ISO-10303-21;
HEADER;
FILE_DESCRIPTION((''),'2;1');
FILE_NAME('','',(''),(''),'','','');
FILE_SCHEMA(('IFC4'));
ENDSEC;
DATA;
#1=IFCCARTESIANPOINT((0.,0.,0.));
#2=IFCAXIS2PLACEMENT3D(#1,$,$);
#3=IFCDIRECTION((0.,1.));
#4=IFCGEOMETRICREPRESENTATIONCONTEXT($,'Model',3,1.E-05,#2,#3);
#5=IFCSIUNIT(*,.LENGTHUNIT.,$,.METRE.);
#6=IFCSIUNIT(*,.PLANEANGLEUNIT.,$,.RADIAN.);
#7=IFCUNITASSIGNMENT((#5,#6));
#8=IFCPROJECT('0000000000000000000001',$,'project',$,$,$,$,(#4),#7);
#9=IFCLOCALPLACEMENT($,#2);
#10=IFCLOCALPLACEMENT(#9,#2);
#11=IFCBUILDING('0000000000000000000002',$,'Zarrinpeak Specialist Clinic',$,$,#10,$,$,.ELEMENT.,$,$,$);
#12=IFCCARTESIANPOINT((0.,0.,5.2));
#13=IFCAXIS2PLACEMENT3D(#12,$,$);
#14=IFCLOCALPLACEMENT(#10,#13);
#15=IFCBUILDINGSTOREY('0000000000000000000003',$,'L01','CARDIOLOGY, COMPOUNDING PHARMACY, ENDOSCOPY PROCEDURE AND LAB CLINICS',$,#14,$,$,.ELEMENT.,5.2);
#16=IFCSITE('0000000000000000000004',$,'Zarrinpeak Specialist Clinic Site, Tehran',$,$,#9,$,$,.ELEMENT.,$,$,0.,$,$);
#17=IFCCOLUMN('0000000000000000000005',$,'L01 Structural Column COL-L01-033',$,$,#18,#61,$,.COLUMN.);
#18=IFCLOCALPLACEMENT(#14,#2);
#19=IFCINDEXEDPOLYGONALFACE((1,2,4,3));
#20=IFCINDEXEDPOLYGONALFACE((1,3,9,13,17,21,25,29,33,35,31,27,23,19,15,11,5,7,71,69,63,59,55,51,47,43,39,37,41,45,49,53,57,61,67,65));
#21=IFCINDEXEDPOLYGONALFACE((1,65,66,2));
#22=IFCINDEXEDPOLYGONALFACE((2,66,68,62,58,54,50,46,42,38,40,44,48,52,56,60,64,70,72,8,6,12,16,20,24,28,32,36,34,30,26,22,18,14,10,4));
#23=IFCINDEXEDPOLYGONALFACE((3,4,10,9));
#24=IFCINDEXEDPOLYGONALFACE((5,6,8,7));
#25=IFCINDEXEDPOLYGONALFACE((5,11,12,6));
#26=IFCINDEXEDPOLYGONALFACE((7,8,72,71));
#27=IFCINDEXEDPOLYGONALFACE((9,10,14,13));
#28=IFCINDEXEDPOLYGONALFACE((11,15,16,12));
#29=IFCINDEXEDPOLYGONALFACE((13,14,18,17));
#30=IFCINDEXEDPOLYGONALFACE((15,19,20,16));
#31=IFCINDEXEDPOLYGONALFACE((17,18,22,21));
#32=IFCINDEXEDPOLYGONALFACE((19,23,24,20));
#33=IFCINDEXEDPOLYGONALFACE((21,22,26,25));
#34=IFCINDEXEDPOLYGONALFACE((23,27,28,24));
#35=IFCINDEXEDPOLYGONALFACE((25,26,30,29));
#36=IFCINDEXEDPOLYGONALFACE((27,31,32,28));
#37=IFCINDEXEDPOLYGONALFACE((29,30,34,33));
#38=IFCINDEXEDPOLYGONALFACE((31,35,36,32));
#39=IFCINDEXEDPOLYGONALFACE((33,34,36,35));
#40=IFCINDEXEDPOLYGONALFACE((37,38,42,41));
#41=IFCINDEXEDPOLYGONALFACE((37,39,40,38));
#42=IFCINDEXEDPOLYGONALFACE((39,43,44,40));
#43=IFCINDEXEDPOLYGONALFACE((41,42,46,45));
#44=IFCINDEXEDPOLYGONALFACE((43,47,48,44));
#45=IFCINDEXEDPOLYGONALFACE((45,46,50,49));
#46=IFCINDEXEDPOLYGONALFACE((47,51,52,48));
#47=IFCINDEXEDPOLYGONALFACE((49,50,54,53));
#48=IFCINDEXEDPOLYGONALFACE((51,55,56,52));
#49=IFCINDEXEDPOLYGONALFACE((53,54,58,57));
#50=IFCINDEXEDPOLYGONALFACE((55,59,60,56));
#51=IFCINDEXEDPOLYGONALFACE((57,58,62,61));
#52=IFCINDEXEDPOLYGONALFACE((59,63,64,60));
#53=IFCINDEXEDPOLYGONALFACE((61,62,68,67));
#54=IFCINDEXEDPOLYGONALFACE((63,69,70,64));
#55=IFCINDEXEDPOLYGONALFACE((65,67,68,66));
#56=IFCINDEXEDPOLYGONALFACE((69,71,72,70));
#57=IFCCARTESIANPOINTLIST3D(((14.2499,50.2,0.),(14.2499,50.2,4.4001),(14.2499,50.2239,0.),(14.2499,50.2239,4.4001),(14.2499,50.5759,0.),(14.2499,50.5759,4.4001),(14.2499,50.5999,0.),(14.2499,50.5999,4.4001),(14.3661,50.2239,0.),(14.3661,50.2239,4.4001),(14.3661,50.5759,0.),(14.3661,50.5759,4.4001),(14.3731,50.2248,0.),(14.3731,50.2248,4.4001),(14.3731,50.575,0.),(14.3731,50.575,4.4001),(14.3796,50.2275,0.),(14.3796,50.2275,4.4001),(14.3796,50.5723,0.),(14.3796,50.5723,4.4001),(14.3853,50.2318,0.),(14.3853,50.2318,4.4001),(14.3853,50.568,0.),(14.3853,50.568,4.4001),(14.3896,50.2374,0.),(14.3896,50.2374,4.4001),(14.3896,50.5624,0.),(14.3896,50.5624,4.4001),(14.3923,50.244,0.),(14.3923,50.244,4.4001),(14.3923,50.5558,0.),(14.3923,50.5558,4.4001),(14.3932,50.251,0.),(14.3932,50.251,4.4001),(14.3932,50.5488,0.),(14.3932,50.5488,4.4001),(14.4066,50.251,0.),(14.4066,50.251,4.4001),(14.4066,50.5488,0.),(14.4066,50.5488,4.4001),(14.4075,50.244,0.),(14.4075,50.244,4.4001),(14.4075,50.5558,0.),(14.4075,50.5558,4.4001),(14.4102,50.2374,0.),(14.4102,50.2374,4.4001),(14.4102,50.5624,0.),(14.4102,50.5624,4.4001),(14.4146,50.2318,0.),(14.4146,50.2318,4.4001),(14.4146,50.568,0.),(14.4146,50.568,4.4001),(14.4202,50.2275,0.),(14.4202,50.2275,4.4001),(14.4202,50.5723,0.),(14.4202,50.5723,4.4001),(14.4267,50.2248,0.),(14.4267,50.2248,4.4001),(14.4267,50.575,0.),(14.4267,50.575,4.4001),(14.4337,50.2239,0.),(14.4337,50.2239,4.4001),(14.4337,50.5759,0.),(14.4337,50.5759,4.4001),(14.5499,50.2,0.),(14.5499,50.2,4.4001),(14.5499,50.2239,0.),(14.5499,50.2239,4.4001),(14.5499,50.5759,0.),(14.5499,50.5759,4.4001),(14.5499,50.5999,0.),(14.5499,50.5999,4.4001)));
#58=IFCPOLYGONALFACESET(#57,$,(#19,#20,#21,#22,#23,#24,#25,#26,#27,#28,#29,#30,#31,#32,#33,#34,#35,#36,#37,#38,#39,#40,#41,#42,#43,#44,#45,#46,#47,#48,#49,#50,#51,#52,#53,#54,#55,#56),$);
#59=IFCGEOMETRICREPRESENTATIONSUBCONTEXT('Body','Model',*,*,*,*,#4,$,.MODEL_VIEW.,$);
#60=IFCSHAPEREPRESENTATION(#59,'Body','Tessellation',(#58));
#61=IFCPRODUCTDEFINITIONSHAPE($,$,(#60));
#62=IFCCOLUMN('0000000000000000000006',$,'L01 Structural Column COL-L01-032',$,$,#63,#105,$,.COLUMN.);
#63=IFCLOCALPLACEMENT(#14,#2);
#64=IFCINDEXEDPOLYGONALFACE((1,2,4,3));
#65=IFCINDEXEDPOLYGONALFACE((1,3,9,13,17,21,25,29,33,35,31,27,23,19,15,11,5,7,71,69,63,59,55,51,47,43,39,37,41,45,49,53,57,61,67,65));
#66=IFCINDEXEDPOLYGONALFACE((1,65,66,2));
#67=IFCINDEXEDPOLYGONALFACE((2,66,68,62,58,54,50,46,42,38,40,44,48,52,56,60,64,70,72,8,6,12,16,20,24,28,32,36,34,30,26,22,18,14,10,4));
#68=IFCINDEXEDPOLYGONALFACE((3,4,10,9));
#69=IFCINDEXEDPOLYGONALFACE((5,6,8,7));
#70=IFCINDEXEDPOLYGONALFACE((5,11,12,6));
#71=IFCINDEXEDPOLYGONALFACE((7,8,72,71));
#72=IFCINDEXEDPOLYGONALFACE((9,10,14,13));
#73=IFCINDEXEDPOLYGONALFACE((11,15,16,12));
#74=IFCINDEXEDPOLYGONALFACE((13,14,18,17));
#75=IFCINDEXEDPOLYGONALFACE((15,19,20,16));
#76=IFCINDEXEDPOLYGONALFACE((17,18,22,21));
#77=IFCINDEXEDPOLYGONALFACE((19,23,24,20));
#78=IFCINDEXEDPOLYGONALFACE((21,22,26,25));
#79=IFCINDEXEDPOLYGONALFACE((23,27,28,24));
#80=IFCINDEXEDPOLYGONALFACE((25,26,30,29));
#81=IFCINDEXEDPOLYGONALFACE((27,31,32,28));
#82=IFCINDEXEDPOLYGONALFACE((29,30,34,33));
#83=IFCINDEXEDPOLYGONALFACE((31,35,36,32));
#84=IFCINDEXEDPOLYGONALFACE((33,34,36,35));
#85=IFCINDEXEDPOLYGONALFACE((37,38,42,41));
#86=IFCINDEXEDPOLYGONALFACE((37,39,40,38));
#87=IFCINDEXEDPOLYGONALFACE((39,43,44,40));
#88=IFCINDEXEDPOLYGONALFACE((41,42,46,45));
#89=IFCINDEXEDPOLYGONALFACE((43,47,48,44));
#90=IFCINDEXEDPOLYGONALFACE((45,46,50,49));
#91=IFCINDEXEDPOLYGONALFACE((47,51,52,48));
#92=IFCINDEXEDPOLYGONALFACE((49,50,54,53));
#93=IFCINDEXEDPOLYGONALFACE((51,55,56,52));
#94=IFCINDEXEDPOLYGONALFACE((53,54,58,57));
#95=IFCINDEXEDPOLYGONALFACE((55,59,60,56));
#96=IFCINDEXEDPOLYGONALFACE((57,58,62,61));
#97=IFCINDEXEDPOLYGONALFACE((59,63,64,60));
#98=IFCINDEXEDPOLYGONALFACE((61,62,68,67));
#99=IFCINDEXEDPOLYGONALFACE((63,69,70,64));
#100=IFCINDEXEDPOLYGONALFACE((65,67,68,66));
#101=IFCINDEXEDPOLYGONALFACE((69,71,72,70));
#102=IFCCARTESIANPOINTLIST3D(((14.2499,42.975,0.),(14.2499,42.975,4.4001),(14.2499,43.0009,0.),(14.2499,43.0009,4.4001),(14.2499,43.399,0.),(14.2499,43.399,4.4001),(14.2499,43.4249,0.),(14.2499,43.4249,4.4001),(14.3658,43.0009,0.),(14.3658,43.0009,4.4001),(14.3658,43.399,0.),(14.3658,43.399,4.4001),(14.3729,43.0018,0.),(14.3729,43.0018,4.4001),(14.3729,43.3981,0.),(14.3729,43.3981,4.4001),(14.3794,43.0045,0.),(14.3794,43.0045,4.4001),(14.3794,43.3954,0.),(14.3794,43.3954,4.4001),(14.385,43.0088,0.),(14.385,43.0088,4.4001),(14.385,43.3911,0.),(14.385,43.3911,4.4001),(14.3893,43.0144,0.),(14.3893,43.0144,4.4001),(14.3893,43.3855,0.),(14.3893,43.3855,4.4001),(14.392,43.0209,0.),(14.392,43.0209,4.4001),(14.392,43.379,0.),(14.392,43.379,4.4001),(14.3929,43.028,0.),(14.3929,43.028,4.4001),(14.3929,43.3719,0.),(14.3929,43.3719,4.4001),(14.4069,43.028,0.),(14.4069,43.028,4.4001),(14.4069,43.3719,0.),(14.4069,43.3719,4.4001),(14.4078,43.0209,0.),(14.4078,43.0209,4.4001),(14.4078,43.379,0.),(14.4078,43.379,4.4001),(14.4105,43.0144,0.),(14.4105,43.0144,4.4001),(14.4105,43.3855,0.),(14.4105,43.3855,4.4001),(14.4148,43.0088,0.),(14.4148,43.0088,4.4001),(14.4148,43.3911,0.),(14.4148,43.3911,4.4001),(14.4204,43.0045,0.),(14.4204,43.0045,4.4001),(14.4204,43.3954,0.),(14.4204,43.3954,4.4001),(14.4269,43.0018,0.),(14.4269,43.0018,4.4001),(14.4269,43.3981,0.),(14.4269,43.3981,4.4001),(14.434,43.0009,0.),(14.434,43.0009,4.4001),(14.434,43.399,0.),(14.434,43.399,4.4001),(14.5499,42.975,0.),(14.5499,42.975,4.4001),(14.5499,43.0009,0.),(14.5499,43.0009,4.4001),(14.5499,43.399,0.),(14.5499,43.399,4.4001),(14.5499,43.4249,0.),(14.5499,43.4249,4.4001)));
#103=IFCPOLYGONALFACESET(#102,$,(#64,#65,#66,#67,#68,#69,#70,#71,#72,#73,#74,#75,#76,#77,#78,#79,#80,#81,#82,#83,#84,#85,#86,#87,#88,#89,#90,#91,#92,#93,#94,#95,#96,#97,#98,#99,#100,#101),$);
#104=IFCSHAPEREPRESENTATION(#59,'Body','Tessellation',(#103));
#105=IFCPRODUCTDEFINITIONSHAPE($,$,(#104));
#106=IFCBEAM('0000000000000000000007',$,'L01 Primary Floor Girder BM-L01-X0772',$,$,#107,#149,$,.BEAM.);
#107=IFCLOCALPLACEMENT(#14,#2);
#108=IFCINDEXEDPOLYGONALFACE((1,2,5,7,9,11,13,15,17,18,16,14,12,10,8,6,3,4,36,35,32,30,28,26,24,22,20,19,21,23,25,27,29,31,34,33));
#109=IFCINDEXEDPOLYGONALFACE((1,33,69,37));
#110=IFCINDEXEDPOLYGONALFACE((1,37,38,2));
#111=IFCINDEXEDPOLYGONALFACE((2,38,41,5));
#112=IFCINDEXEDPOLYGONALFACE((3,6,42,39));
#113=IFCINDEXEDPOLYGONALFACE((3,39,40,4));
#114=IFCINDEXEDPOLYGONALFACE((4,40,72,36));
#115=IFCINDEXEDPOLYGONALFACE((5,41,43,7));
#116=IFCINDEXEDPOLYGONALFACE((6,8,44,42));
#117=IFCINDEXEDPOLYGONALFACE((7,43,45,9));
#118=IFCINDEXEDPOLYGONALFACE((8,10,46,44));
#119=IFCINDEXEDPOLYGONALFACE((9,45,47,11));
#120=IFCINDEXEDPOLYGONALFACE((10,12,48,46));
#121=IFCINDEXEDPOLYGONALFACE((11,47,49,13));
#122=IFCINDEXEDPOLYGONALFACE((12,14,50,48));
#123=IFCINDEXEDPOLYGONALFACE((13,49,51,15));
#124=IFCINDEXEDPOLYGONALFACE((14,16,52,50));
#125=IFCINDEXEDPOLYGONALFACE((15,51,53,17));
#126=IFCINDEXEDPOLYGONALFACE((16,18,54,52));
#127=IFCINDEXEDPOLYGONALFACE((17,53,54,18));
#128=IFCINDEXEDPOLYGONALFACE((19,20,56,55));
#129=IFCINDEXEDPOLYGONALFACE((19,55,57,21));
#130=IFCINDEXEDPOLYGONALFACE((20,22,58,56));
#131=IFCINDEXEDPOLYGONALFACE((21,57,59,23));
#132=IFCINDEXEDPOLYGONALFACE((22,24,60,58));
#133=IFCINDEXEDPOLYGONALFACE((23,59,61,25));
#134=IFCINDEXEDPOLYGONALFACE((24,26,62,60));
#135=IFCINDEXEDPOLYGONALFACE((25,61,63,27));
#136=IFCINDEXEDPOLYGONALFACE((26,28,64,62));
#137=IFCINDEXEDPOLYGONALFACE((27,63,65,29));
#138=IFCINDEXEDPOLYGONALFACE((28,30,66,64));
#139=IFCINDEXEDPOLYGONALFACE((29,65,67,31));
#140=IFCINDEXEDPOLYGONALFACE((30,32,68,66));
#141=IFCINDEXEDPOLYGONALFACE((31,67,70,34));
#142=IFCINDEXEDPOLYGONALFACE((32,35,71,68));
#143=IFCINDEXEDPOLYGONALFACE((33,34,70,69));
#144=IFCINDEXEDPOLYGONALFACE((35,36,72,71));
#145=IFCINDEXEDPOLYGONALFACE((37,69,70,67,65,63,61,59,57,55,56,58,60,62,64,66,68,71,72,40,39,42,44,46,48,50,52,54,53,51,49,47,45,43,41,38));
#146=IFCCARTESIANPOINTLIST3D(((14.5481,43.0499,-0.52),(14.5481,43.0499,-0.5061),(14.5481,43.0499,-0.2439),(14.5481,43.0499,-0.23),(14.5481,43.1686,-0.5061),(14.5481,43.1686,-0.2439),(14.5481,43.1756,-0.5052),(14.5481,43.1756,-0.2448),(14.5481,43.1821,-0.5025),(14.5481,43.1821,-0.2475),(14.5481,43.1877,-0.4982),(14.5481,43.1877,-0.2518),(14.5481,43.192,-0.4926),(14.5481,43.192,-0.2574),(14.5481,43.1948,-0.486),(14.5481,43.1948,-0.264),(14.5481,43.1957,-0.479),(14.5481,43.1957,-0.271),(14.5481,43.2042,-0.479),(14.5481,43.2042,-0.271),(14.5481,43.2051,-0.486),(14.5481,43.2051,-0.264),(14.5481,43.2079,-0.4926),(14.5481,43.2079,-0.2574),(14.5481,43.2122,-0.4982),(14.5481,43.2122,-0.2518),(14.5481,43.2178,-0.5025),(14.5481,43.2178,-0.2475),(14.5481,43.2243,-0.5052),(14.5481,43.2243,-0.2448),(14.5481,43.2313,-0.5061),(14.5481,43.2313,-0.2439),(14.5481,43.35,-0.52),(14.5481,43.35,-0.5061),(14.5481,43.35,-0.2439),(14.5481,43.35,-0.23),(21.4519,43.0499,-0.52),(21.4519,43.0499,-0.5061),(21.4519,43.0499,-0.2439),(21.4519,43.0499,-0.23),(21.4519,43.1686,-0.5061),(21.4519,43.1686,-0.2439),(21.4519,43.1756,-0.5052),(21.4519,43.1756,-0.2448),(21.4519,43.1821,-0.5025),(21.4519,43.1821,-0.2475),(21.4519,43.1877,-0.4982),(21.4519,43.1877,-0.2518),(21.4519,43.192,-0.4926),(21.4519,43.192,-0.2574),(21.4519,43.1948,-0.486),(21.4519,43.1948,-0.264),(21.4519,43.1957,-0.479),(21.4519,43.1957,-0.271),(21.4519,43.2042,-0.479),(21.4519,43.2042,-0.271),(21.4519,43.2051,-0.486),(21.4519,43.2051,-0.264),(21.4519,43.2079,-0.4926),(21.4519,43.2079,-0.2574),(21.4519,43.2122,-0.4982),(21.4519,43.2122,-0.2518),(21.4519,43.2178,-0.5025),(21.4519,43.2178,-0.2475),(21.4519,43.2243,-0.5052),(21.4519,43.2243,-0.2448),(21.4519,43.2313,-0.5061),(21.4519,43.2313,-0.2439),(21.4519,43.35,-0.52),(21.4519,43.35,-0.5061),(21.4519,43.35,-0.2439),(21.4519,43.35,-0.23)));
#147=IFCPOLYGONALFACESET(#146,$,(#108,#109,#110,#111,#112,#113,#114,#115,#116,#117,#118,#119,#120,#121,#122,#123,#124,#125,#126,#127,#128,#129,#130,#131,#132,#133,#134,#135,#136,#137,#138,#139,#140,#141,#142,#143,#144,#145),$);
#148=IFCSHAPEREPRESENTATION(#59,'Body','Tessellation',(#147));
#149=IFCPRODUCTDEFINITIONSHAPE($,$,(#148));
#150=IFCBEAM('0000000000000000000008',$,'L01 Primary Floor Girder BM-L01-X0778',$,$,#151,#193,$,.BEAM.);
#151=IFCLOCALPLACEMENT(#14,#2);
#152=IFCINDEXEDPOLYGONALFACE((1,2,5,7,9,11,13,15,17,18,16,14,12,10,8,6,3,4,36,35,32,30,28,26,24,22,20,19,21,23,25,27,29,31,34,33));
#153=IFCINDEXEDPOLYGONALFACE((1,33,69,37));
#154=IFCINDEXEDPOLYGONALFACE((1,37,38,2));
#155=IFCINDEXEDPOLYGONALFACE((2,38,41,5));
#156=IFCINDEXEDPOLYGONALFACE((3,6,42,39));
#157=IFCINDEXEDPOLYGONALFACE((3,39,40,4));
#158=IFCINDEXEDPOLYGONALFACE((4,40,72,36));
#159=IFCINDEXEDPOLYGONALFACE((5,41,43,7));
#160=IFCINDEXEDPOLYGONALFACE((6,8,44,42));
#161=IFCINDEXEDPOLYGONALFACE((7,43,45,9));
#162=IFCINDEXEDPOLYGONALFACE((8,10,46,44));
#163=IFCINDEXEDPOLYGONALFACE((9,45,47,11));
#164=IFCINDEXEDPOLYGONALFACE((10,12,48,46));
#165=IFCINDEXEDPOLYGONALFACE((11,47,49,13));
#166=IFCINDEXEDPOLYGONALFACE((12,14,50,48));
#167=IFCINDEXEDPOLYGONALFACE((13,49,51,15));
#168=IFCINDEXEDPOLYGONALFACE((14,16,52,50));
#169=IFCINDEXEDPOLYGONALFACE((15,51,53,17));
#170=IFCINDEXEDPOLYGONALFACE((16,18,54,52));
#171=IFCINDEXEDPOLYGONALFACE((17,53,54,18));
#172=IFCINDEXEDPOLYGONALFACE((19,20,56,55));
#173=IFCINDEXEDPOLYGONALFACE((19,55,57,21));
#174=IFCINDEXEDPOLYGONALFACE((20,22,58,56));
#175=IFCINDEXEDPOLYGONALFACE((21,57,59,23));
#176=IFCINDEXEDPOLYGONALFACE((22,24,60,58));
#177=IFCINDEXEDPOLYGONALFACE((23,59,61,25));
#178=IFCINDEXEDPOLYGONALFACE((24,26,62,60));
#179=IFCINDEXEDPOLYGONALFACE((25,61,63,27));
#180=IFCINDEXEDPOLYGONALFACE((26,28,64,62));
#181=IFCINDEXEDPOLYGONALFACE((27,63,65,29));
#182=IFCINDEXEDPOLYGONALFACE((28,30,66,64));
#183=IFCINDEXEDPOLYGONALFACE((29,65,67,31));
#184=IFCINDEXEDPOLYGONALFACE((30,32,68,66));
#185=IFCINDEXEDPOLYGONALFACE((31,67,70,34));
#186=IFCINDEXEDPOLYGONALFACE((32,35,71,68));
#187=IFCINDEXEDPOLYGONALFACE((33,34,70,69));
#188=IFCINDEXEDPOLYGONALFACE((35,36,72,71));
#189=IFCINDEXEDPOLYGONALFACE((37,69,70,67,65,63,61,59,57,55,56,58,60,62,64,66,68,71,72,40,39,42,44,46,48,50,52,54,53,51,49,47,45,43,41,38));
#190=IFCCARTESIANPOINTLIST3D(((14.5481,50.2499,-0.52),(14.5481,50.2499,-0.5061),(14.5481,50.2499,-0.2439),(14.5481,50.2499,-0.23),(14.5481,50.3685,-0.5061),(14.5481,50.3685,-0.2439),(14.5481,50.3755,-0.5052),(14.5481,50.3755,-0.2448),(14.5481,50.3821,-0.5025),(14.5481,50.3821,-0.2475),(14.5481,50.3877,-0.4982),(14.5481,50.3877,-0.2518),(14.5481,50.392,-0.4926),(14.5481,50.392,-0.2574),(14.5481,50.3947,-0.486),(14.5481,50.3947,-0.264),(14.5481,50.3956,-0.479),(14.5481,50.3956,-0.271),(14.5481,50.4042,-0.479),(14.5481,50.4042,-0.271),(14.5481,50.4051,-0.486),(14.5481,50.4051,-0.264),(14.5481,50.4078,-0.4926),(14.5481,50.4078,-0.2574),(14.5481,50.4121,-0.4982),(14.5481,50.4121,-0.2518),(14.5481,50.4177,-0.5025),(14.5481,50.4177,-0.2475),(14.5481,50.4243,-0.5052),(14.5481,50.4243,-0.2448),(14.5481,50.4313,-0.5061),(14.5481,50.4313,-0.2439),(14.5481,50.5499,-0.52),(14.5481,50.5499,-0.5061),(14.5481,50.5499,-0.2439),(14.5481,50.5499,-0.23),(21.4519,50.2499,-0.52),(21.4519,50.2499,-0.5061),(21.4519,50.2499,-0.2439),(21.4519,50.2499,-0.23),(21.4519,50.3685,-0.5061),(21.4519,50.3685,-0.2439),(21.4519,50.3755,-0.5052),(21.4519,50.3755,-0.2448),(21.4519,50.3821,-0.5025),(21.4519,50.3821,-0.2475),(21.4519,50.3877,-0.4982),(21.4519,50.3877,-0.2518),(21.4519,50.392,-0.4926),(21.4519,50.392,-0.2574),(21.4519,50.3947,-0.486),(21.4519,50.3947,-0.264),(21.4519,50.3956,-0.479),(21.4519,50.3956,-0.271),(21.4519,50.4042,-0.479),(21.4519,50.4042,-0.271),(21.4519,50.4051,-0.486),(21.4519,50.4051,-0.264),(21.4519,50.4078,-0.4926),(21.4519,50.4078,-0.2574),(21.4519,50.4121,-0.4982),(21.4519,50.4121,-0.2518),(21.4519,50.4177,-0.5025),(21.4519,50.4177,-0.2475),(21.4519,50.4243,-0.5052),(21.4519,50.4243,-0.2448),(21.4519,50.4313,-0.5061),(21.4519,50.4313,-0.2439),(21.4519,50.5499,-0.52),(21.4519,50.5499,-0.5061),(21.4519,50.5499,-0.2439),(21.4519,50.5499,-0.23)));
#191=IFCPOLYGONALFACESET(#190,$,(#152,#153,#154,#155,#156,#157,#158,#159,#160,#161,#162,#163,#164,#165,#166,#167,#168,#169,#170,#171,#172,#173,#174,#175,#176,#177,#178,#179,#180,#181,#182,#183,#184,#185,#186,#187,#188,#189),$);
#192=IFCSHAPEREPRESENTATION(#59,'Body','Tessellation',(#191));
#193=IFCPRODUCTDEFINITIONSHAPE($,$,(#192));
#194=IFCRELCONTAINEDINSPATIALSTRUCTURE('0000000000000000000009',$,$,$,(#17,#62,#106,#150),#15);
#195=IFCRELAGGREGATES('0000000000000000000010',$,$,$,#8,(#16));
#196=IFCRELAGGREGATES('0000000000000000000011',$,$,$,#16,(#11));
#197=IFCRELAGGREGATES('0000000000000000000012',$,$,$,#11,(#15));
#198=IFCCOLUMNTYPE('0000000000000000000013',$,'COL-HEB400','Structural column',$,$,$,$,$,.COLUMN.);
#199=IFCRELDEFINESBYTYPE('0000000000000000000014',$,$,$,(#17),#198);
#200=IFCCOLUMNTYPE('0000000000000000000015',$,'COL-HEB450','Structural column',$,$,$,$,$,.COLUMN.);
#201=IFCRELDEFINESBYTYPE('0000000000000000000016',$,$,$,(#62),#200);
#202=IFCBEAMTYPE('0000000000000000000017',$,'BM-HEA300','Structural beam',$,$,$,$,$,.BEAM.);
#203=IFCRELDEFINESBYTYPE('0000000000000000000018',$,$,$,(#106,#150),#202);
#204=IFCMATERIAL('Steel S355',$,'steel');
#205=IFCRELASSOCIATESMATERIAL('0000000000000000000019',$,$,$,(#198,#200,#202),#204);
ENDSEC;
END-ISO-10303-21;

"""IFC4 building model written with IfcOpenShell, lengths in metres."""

from ifc_helpers import new_model, si_unit, direction, frame, origin, origin_2d, place, context, subcontext, project, spatial, i_section, extrude, material, material_profile, profile_set, type_object, element, save


model = new_model("IFC4")

# Units and contexts
model_context = context("Model", 3, precision=1e-05, world=origin(), true_north=direction((0.0, 1.0)))
body_context = subcontext(model_context, "Body", "Model", "MODEL_VIEW")
ifc_project = project(units=[si_unit("LENGTHUNIT", "METRE"), si_unit("PLANEANGLEUNIT", "RADIAN")], contexts=[model_context])

# Site, building, storey
site_placement = place(None, origin())
site = spatial("IfcSite", under=ifc_project, at=site_placement, Name="Zarrinpeak Specialist Clinic Site, Tehran", CompositionType="ELEMENT", RefElevation=0.0)
building_placement = place(site_placement, origin())
building = spatial("IfcBuilding", under=site, at=building_placement, Name="Zarrinpeak Specialist Clinic", CompositionType="ELEMENT")
storey_placement = place(building_placement, frame((0.0, 0.0, 5.2)))
storey = spatial("IfcBuildingStorey", under=building, at=storey_placement, Name="L01", Description="CARDIOLOGY, COMPOUNDING PHARMACY, ENDOSCOPY PROCEDURE AND LAB CLINICS", CompositionType="ELEMENT", Elevation=5.2)

# Columns
ifc_material_1 = material(Name="Steel S355", Category="steel")
ifc_material_profile_1 = material_profile(ifc_material_1, i_section(OverallWidth=0.3, OverallDepth=0.3999, WebThickness=0.0134, FlangeThickness=0.0239, FilletRadius=0.0271, at=origin_2d()), Name="HEB 400")
ifc_profile_set_1 = profile_set([ifc_material_profile_1], Name="Steel S355")
column_type_1 = type_object("IfcColumnType", Name="COL-HEB400", Description="Structural column", PredefinedType="COLUMN", material=ifc_profile_set_1)
column_1_placement = place(storey_placement, frame((14.3999, 50.3999, 0.0), z_axis=(0.0, 0.0, 1.0), x_axis=(1.0, 0.0, 0.0)))
element("IfcColumn", 1, at=column_1_placement, inside=storey, type_object=column_type_1, Name="L01 Structural Column COL-L01-033", PredefinedType="COLUMN", context=body_context, shape_type="SweptSolid", body=[
    extrude(i_section(OverallWidth=0.3, OverallDepth=0.3999, WebThickness=0.0134, FlangeThickness=0.0239, FilletRadius=0.0271, at=origin_2d()), origin(), (0.0, 0.0, 1.0), 4.4001),
])
ifc_material_profile_2 = material_profile(ifc_material_1, i_section(OverallWidth=0.3, OverallDepth=0.45, WebThickness=0.0139, FlangeThickness=0.0259, FilletRadius=0.0271, at=origin_2d()), Name="HEB 450")
ifc_profile_set_2 = profile_set([ifc_material_profile_2], Name="Steel S355")
column_type_2 = type_object("IfcColumnType", Name="COL-HEB450", Description="Structural column", PredefinedType="COLUMN", material=ifc_profile_set_2)
column_2_placement = place(storey_placement, frame((14.3999, 43.2, 0.0), z_axis=(0.0, 0.0, 1.0), x_axis=(1.0, 0.0, 0.0)))
element("IfcColumn", 2, at=column_2_placement, inside=storey, type_object=column_type_2, Name="L01 Structural Column COL-L01-032", PredefinedType="COLUMN", context=body_context, shape_type="SweptSolid", body=[
    extrude(i_section(OverallWidth=0.3, OverallDepth=0.45, WebThickness=0.0139, FlangeThickness=0.0259, FilletRadius=0.0271, at=origin_2d()), origin(), (0.0, 0.0, 1.0), 4.4001),
])

# Beams
ifc_material_profile_3 = material_profile(ifc_material_1, i_section(OverallWidth=0.3, OverallDepth=0.29, WebThickness=0.0085, FlangeThickness=0.0139, FilletRadius=0.0271, at=origin_2d()), Name="HEA 300")
ifc_profile_set_3 = profile_set([ifc_material_profile_3], Name="Steel S355")
beam_type_1 = type_object("IfcBeamType", Name="BM-HEA300", Description="Structural beam", PredefinedType="BEAM", material=ifc_profile_set_3)
for number, where, z_axis, x_axis, name in (
    (3, (14.5481, 43.2, -0.375), (1.0, 0.0, 0.0), (0.0, 1.0, 0.0), "L01 Primary Floor Girder BM-L01-X0772"),
    (4, (14.5481, 50.3999, -0.375), (1.0, 0.0, 0.0), (0.0, 1.0, 0.0), "L01 Primary Floor Girder BM-L01-X0778"),
):
    element("IfcBeam", number, at=place(storey_placement, frame(where, z_axis=z_axis, x_axis=x_axis)), inside=storey, type_object=beam_type_1, Name=name, PredefinedType="BEAM", context=body_context, shape_type="SweptSolid", body=[
        extrude(i_section(OverallWidth=0.3, OverallDepth=0.29, WebThickness=0.0085, FlangeThickness=0.0139, FilletRadius=0.0271, at=origin_2d()), origin(), (0.0, 0.0, 1.0), 6.9038),
    ])

save(model, "model.ifc")
